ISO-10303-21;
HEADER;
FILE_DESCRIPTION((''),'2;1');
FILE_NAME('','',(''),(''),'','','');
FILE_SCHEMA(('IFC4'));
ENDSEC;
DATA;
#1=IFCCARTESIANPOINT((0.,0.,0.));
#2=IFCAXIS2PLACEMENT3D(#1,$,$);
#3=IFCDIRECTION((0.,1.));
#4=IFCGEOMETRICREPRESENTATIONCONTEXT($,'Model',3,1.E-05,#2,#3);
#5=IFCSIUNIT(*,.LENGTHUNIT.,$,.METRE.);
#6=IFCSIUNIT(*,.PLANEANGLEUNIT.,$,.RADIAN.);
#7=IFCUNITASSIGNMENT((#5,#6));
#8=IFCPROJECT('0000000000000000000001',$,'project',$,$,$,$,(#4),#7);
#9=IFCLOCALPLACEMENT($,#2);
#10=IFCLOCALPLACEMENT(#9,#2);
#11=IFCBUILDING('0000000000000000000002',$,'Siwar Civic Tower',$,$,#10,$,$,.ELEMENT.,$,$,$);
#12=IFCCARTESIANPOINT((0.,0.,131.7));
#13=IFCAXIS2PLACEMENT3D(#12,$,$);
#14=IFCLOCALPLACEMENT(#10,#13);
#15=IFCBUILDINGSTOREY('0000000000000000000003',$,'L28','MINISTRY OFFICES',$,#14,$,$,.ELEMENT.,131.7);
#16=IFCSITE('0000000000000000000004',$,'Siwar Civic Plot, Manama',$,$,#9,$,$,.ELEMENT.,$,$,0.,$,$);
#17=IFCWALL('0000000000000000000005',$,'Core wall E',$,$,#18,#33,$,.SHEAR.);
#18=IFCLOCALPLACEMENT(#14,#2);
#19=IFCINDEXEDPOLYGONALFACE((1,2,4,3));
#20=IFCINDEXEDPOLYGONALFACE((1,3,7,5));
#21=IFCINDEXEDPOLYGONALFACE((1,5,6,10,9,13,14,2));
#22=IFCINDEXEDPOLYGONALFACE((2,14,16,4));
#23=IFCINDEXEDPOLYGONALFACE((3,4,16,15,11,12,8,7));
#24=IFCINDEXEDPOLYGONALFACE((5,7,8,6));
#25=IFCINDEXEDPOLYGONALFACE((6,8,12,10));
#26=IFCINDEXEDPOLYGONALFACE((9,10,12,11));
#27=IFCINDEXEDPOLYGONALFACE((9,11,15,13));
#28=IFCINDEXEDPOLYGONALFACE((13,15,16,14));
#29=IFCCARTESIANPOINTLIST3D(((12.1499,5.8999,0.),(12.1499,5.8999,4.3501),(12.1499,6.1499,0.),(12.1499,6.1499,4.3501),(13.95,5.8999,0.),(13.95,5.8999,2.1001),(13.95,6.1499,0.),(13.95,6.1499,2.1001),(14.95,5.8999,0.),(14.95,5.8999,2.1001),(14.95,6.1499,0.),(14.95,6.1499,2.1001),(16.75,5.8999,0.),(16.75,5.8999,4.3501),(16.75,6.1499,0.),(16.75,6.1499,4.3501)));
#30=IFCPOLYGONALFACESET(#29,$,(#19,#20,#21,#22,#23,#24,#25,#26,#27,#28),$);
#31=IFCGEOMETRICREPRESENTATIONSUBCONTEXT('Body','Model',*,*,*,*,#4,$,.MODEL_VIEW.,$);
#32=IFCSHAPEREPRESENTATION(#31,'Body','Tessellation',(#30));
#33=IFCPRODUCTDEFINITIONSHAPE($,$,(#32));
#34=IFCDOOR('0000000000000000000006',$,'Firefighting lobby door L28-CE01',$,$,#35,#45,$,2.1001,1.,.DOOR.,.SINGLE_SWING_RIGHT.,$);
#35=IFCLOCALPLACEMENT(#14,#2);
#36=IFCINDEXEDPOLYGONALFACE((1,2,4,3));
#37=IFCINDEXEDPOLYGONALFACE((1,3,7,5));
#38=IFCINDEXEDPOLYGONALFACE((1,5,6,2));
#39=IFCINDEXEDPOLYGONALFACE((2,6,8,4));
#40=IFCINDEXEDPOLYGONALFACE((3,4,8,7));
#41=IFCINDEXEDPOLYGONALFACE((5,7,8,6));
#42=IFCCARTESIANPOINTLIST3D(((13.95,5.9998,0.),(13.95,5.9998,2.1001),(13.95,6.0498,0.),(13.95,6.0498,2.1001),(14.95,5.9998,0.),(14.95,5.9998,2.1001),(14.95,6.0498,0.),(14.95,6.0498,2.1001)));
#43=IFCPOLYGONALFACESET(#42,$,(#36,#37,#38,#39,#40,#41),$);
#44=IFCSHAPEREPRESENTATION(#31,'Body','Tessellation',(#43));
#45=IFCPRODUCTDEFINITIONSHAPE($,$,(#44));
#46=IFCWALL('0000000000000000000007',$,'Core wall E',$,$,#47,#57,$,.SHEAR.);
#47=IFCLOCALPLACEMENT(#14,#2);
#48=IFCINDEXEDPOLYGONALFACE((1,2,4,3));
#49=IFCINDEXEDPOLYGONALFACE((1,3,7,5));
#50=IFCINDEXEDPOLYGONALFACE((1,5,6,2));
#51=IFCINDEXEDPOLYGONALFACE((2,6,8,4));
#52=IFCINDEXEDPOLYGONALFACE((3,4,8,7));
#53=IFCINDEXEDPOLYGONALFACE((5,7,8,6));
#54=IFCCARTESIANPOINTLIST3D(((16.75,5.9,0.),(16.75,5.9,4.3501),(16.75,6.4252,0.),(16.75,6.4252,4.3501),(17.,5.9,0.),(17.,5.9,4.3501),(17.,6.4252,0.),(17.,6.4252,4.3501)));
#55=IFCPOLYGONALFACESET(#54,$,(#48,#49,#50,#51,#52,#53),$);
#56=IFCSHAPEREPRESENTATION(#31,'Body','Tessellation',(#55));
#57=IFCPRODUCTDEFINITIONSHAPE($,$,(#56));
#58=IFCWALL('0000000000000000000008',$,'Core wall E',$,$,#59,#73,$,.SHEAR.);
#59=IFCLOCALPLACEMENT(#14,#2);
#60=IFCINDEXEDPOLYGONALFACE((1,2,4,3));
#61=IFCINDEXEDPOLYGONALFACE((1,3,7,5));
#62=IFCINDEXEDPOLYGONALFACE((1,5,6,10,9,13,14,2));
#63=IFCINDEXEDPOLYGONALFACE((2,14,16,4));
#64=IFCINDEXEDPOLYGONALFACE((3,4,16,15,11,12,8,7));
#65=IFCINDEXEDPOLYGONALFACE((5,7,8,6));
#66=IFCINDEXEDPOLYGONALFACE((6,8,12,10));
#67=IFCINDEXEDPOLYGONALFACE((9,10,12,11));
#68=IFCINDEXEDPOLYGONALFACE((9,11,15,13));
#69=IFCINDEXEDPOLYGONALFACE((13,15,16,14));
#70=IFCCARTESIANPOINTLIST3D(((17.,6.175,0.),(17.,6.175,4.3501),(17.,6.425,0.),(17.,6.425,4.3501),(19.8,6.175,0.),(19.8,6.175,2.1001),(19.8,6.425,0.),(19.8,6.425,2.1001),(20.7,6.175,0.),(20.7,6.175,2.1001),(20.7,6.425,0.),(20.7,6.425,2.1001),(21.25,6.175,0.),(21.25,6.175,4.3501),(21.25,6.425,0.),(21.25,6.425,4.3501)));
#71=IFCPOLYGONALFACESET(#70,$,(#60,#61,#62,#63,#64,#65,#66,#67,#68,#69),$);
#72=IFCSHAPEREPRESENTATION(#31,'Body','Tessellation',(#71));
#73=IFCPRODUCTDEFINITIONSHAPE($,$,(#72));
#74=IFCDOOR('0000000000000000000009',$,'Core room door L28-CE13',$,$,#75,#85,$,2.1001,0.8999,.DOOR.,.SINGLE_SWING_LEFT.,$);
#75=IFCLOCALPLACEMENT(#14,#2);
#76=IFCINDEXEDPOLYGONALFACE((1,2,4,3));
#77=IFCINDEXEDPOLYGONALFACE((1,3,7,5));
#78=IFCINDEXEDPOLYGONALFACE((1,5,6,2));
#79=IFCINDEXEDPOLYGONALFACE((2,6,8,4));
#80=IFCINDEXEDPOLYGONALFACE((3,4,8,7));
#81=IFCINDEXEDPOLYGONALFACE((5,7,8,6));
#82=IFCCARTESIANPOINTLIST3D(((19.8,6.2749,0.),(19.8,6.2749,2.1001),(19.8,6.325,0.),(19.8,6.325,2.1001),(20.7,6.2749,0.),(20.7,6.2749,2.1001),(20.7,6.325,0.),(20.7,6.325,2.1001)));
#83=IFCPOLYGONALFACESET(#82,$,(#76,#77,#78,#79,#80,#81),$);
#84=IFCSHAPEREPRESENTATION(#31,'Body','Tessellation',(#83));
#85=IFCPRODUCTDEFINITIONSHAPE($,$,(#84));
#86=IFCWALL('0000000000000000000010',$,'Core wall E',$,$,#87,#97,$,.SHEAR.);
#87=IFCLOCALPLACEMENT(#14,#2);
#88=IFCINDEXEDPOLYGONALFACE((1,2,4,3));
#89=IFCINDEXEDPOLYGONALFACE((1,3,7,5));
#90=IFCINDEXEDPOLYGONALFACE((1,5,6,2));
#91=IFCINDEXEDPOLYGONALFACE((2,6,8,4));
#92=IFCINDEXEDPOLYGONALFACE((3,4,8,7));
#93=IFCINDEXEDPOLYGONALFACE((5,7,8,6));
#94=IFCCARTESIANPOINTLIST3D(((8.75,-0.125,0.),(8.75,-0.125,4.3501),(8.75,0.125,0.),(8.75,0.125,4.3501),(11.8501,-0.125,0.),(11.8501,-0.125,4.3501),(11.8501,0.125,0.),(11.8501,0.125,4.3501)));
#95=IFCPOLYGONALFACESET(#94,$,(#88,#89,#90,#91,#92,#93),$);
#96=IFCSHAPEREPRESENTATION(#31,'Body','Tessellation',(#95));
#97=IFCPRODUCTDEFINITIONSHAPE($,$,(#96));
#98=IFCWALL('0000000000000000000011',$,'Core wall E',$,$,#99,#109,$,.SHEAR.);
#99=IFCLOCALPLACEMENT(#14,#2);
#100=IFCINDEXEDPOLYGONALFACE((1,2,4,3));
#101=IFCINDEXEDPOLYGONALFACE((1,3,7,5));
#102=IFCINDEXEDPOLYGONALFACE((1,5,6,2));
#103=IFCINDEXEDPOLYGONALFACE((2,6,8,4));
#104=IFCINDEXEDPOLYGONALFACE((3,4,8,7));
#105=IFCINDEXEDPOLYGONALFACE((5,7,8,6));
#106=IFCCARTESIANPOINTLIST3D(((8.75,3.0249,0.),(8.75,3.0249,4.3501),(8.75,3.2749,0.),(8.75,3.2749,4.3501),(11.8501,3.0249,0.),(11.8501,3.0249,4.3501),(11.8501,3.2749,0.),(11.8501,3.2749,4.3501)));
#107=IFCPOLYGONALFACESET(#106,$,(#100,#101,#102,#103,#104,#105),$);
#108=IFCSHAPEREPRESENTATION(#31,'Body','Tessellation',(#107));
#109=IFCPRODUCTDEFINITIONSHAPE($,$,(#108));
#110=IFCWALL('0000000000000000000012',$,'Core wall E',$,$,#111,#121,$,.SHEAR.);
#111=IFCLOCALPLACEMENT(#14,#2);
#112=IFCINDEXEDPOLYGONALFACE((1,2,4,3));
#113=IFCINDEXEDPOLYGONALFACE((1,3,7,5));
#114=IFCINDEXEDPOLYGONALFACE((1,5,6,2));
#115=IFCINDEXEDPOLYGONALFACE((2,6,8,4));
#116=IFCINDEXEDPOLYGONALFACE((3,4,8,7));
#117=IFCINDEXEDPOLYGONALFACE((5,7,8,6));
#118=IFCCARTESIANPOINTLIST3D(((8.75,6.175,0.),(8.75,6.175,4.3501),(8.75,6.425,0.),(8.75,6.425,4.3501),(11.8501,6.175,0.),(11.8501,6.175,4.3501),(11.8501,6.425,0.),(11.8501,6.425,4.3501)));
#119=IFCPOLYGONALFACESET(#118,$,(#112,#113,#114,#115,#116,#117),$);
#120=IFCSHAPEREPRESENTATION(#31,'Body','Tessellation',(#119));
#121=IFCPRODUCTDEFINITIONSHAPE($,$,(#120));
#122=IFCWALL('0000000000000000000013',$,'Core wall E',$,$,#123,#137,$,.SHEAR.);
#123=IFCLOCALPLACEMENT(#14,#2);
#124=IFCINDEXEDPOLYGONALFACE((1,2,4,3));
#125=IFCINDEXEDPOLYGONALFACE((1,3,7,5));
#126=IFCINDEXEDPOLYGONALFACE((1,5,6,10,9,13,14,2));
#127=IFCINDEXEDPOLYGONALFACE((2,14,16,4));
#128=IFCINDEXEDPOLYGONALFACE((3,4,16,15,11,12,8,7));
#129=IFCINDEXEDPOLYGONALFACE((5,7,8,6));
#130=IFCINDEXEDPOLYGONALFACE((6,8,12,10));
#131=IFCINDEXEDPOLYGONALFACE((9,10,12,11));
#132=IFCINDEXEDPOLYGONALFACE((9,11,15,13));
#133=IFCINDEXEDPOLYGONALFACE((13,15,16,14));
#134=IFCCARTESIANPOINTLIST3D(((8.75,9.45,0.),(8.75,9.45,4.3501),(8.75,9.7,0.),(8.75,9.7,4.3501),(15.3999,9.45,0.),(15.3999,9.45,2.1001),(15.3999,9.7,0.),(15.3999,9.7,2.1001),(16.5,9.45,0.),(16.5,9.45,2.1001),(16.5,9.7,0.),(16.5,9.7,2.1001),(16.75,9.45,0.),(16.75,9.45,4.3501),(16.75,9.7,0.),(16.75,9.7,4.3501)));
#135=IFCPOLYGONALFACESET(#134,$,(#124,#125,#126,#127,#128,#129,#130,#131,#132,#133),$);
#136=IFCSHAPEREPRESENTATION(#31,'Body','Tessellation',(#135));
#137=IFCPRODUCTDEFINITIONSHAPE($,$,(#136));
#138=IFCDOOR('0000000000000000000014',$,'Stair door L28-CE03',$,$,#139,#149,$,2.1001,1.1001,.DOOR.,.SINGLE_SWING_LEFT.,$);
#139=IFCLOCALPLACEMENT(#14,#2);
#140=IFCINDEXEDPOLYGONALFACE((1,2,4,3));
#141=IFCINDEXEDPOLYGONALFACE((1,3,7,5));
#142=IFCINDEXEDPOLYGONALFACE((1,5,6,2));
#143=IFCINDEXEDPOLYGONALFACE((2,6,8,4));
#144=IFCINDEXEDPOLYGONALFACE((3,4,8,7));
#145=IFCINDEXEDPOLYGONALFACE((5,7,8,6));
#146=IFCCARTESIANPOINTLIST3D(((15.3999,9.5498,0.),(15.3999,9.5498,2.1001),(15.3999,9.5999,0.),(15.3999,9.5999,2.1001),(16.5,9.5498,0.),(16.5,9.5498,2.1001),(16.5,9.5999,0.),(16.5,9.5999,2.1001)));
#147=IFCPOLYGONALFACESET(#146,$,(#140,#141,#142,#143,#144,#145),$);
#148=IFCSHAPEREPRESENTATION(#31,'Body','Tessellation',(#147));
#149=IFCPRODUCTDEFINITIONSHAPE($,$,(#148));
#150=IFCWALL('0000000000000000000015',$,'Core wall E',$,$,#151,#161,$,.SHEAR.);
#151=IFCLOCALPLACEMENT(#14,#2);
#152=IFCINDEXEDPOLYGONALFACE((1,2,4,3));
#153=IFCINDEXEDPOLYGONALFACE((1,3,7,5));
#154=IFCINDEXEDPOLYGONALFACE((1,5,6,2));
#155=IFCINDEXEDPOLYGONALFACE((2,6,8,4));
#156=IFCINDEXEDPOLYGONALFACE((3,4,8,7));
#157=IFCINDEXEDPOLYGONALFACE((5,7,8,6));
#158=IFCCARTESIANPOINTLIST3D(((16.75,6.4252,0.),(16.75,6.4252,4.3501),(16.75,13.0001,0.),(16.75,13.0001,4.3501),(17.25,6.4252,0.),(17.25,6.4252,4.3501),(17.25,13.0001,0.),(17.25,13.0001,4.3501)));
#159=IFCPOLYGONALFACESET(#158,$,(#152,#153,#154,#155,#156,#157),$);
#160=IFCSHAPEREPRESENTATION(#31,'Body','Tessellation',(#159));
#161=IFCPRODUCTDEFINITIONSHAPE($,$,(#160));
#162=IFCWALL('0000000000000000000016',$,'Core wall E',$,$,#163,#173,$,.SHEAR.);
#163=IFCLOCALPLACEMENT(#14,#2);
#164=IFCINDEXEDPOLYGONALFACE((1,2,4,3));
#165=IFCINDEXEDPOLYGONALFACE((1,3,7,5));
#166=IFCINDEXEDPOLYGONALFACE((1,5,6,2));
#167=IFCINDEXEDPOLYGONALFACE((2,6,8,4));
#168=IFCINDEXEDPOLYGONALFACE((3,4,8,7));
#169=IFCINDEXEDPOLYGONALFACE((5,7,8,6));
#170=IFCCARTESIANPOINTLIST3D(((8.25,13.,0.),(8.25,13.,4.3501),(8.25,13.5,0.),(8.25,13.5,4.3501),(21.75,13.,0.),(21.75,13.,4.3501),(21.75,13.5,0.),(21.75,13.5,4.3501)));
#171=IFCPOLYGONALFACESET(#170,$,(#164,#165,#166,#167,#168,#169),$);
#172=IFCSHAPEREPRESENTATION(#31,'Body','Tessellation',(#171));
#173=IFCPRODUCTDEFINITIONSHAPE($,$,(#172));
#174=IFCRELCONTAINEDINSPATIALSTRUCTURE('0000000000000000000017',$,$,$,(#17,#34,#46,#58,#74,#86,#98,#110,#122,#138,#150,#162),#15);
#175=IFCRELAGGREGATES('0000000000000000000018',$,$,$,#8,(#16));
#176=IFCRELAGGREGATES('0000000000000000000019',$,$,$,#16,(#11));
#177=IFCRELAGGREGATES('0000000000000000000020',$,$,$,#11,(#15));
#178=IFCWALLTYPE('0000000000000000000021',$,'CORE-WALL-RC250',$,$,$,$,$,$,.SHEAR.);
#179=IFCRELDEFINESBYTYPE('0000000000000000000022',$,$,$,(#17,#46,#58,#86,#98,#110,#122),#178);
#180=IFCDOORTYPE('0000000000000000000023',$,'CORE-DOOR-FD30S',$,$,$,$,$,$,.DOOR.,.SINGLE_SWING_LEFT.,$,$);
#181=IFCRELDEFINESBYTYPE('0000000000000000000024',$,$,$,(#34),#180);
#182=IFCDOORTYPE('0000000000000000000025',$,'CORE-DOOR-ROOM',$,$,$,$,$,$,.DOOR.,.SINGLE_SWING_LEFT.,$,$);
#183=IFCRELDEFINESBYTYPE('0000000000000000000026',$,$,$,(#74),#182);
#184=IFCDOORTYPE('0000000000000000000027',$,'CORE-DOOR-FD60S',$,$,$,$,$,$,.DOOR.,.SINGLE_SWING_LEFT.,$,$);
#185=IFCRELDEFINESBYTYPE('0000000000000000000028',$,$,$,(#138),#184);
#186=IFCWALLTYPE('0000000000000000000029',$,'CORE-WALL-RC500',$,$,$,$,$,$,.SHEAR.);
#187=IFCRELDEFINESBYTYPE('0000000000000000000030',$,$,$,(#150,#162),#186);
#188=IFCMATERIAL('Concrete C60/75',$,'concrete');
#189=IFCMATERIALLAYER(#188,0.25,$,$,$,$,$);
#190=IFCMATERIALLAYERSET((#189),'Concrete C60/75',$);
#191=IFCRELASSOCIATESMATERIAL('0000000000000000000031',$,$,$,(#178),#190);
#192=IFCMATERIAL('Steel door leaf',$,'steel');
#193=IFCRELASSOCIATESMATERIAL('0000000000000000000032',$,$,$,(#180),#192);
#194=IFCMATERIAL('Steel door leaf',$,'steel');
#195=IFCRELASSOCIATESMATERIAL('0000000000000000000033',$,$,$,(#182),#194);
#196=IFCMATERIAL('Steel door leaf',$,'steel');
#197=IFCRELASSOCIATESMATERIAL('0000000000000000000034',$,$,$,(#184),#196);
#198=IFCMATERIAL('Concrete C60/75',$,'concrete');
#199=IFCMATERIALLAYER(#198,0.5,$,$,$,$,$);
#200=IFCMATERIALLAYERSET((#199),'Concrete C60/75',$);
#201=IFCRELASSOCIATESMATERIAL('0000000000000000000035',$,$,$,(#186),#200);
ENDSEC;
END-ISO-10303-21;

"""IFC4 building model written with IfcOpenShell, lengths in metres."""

from ifc_helpers import new_model, si_unit, direction, frame, frame_2d, origin, place, context, subcontext, project, spatial, rectangle, extrude, material, layer, layer_set, type_object, element, fill, save


model = new_model("IFC4")

# Units and contexts
model_context = context("Model", 3, precision=1e-05, world=origin(), true_north=direction((0.0, 1.0)))
body_context = subcontext(model_context, "Body", "Model", "MODEL_VIEW")
ifc_project = project(units=[si_unit("LENGTHUNIT", "METRE"), si_unit("PLANEANGLEUNIT", "RADIAN")], contexts=[model_context])

# Site, building, storey
site_placement = place(None, origin())
site = spatial("IfcSite", under=ifc_project, at=site_placement, Name="Siwar Civic Plot, Manama", CompositionType="ELEMENT", RefElevation=0.0)
building_placement = place(site_placement, origin())
building = spatial("IfcBuilding", under=site, at=building_placement, Name="Siwar Civic Tower", CompositionType="ELEMENT")
storey_placement = place(building_placement, frame((0.0, 0.0, 131.7)))
storey = spatial("IfcBuildingStorey", under=building, at=storey_placement, Name="L28", Description="MINISTRY OFFICES", CompositionType="ELEMENT", Elevation=131.7)

# Wall, opening, door
ifc_material_1 = material(Name="Concrete C60/75", Category="concrete")
ifc_layer_1 = layer(ifc_material_1, 0.25)
ifc_layer_set_1 = layer_set([ifc_layer_1], Name="Concrete C60/75")
wall_type_1 = type_object("IfcWallType", Name="CORE-WALL-RC250", PredefinedType="SHEAR", material=ifc_layer_set_1)
wall_1_placement = place(storey_placement, frame((12.1499, 6.0249, 0.0), z_axis=(0.0, 0.0, 1.0), x_axis=(1.0, 0.0, 0.0)))
wall_1 = element("IfcWall", 1, at=wall_1_placement, inside=storey, type_object=wall_type_1, Name="Core wall E", PredefinedType="SHEAR", context=body_context, shape_type="SweptSolid", body=[
    extrude(rectangle(XDim=4.6001, YDim=0.25, at=frame_2d((2.3, 0.0))), origin(), (0.0, 0.0, 1.0), 4.3501),
])
opening_1_placement = place(wall_1_placement, frame((1.8, 0.0, 0.0)))
opening_1 = element("IfcOpeningElement", 2, at=opening_1_placement, cuts=wall_1, PredefinedType="OPENING", context=body_context, shape_type="SweptSolid", body=[
    extrude(rectangle(XDim=1.0, YDim=2.1001, at=frame_2d((0.5, 1.05))), frame((0.0, 0.135, 0.0), z_axis=(0.0, -1.0, 0.0), x_axis=(1.0, 0.0, 0.0)), (0.0, 0.0, 1.0), 0.27),
])
ifc_material_2 = material(Name="Steel door leaf", Category="steel")
door_type_1 = type_object("IfcDoorType", Name="CORE-DOOR-FD30S", OperationType="SINGLE_SWING_LEFT", PredefinedType="DOOR", material=ifc_material_2)
door_1_placement = place(opening_1_placement, origin())
door_1 = element("IfcDoor", 3, at=door_1_placement, inside=storey, type_object=door_type_1, Name="Firefighting lobby door L28-CE01", OperationType="SINGLE_SWING_RIGHT", OverallHeight=2.1001, OverallWidth=1.0, PredefinedType="DOOR", context=body_context, shape_type="SweptSolid", body=[
    extrude(rectangle(XDim=1.0, YDim=2.1001, at=frame_2d((0.5, 1.05))), frame((0.0, 0.0249, 0.0), z_axis=(0.0, -1.0, 0.0), x_axis=(1.0, 0.0, 0.0)), (0.0, 0.0, 1.0), 0.05),
])
fill(opening_1, door_1)

# Wall
wall_2_placement = place(storey_placement, frame((16.875, 5.8999, 0.0), z_axis=(0.0, 0.0, 1.0), x_axis=(0.0, 1.0, 0.0)))
element("IfcWall", 4, at=wall_2_placement, inside=storey, type_object=wall_type_1, Name="Core wall E", PredefinedType="SHEAR", context=body_context, shape_type="SweptSolid", body=[
    extrude(rectangle(XDim=0.5251, YDim=0.25, at=frame_2d((0.2627, 0.0))), origin(), (0.0, 0.0, 1.0), 4.3501),
])

# Wall, opening, door
wall_3_placement = place(storey_placement, frame((17.0, 6.3, 0.0), z_axis=(0.0, 0.0, 1.0), x_axis=(1.0, 0.0, 0.0)))
wall_3 = element("IfcWall", 5, at=wall_3_placement, inside=storey, type_object=wall_type_1, Name="Core wall E", PredefinedType="SHEAR", context=body_context, shape_type="SweptSolid", body=[
    extrude(rectangle(XDim=4.25, YDim=0.25, at=frame_2d((2.125, 0.0))), origin(), (0.0, 0.0, 1.0), 4.3501),
])
opening_2_placement = place(wall_3_placement, frame((2.8, 0.0, 0.0)))
opening_2 = element("IfcOpeningElement", 6, at=opening_2_placement, cuts=wall_3, PredefinedType="OPENING", context=body_context, shape_type="SweptSolid", body=[
    extrude(rectangle(XDim=0.8999, YDim=2.1001, at=frame_2d((0.45, 1.05))), frame((0.0, 0.135, 0.0), z_axis=(0.0, -1.0, 0.0), x_axis=(1.0, 0.0, 0.0)), (0.0, 0.0, 1.0), 0.27),
])
ifc_material_3 = material(Name="Steel door leaf", Category="steel")
door_type_2 = type_object("IfcDoorType", Name="CORE-DOOR-ROOM", OperationType="SINGLE_SWING_LEFT", PredefinedType="DOOR", material=ifc_material_3)
door_2_placement = place(opening_2_placement, origin())
door_2 = element("IfcDoor", 7, at=door_2_placement, inside=storey, type_object=door_type_2, Name="Core room door L28-CE13", OperationType="SINGLE_SWING_LEFT", OverallHeight=2.1001, OverallWidth=0.8999, PredefinedType="DOOR", context=body_context, shape_type="SweptSolid", body=[
    extrude(rectangle(XDim=0.8999, YDim=2.1001, at=frame_2d((0.45, 1.05))), frame((0.0, 0.0249, 0.0), z_axis=(0.0, -1.0, 0.0), x_axis=(1.0, 0.0, 0.0)), (0.0, 0.0, 1.0), 0.05),
])
fill(opening_2, door_2)

# Walls
for number, where, z_axis, x_axis, name in (
    (8, (8.75, 0.0, 0.0), (0.0, 0.0, 1.0), (1.0, 0.0, 0.0), "Core wall E"),
    (9, (8.75, 3.1499, 0.0), (0.0, 0.0, 1.0), (1.0, 0.0, 0.0), "Core wall E"),
    (10, (8.75, 6.3, 0.0), (0.0, 0.0, 1.0), (1.0, 0.0, 0.0), "Core wall E"),
):
    element("IfcWall", number, at=place(storey_placement, frame(where, z_axis=z_axis, x_axis=x_axis)), inside=storey, type_object=wall_type_1, Name=name, PredefinedType="SHEAR", context=body_context, shape_type="SweptSolid", body=[
        extrude(rectangle(XDim=3.1001, YDim=0.25, at=frame_2d((1.55, 0.0))), origin(), (0.0, 0.0, 1.0), 4.3501),
    ])

# Wall, opening, door
wall_4_placement = place(storey_placement, frame((8.75, 9.575, 0.0), z_axis=(0.0, 0.0, 1.0), x_axis=(1.0, 0.0, 0.0)))
wall_4 = element("IfcWall", 11, at=wall_4_placement, inside=storey, type_object=wall_type_1, Name="Core wall E", PredefinedType="SHEAR", context=body_context, shape_type="SweptSolid", body=[
    extrude(rectangle(XDim=8.0, YDim=0.25, at=frame_2d((4.0, 0.0))), origin(), (0.0, 0.0, 1.0), 4.3501),
])
opening_3_placement = place(wall_4_placement, frame((6.6499, 0.0, 0.0)))
opening_3 = element("IfcOpeningElement", 12, at=opening_3_placement, cuts=wall_4, PredefinedType="OPENING", context=body_context, shape_type="SweptSolid", body=[
    extrude(rectangle(XDim=1.1001, YDim=2.1001, at=frame_2d((0.55, 1.05))), frame((0.0, 0.135, 0.0), z_axis=(0.0, -1.0, 0.0), x_axis=(1.0, 0.0, 0.0)), (0.0, 0.0, 1.0), 0.27),
])
ifc_material_4 = material(Name="Steel door leaf", Category="steel")
door_type_3 = type_object("IfcDoorType", Name="CORE-DOOR-FD60S", OperationType="SINGLE_SWING_LEFT", PredefinedType="DOOR", material=ifc_material_4)
door_3_placement = place(opening_3_placement, origin())
door_3 = element("IfcDoor", 13, at=door_3_placement, inside=storey, type_object=door_type_3, Name="Stair door L28-CE03", OperationType="SINGLE_SWING_LEFT", OverallHeight=2.1001, OverallWidth=1.1001, PredefinedType="DOOR", context=body_context, shape_type="SweptSolid", body=[
    extrude(rectangle(XDim=1.1001, YDim=2.1001, at=frame_2d((0.55, 1.05))), frame((0.0, 0.0249, 0.0), z_axis=(0.0, -1.0, 0.0), x_axis=(1.0, 0.0, 0.0)), (0.0, 0.0, 1.0), 0.05),
])
fill(opening_3, door_3)

# Walls
ifc_material_5 = material(Name="Concrete C60/75", Category="concrete")
ifc_layer_2 = layer(ifc_material_5, 0.5)
ifc_layer_set_2 = layer_set([ifc_layer_2], Name="Concrete C60/75")
wall_type_2 = type_object("IfcWallType", Name="CORE-WALL-RC500", PredefinedType="SHEAR", material=ifc_layer_set_2)
wall_5_placement = place(storey_placement, frame((17.0, 6.425, 0.0), z_axis=(0.0, 0.0, 1.0), x_axis=(0.0, 1.0, 0.0)))
element("IfcWall", 14, at=wall_5_placement, inside=storey, type_object=wall_type_2, Name="Core wall E", PredefinedType="SHEAR", context=body_context, shape_type="SweptSolid", body=[
    extrude(rectangle(XDim=6.575, YDim=0.5, at=frame_2d((3.2876, 0.0))), origin(), (0.0, 0.0, 1.0), 4.3501),
])
wall_6_placement = place(storey_placement, frame((8.25, 13.25, 0.0), z_axis=(0.0, 0.0, 1.0), x_axis=(1.0, 0.0, 0.0)))
element("IfcWall", 15, at=wall_6_placement, inside=storey, type_object=wall_type_2, Name="Core wall E", PredefinedType="SHEAR", context=body_context, shape_type="SweptSolid", body=[
    extrude(rectangle(XDim=13.5, YDim=0.5, at=frame_2d((6.75, 0.0))), origin(), (0.0, 0.0, 1.0), 4.3501),
])

save(model, "model.ifc")
